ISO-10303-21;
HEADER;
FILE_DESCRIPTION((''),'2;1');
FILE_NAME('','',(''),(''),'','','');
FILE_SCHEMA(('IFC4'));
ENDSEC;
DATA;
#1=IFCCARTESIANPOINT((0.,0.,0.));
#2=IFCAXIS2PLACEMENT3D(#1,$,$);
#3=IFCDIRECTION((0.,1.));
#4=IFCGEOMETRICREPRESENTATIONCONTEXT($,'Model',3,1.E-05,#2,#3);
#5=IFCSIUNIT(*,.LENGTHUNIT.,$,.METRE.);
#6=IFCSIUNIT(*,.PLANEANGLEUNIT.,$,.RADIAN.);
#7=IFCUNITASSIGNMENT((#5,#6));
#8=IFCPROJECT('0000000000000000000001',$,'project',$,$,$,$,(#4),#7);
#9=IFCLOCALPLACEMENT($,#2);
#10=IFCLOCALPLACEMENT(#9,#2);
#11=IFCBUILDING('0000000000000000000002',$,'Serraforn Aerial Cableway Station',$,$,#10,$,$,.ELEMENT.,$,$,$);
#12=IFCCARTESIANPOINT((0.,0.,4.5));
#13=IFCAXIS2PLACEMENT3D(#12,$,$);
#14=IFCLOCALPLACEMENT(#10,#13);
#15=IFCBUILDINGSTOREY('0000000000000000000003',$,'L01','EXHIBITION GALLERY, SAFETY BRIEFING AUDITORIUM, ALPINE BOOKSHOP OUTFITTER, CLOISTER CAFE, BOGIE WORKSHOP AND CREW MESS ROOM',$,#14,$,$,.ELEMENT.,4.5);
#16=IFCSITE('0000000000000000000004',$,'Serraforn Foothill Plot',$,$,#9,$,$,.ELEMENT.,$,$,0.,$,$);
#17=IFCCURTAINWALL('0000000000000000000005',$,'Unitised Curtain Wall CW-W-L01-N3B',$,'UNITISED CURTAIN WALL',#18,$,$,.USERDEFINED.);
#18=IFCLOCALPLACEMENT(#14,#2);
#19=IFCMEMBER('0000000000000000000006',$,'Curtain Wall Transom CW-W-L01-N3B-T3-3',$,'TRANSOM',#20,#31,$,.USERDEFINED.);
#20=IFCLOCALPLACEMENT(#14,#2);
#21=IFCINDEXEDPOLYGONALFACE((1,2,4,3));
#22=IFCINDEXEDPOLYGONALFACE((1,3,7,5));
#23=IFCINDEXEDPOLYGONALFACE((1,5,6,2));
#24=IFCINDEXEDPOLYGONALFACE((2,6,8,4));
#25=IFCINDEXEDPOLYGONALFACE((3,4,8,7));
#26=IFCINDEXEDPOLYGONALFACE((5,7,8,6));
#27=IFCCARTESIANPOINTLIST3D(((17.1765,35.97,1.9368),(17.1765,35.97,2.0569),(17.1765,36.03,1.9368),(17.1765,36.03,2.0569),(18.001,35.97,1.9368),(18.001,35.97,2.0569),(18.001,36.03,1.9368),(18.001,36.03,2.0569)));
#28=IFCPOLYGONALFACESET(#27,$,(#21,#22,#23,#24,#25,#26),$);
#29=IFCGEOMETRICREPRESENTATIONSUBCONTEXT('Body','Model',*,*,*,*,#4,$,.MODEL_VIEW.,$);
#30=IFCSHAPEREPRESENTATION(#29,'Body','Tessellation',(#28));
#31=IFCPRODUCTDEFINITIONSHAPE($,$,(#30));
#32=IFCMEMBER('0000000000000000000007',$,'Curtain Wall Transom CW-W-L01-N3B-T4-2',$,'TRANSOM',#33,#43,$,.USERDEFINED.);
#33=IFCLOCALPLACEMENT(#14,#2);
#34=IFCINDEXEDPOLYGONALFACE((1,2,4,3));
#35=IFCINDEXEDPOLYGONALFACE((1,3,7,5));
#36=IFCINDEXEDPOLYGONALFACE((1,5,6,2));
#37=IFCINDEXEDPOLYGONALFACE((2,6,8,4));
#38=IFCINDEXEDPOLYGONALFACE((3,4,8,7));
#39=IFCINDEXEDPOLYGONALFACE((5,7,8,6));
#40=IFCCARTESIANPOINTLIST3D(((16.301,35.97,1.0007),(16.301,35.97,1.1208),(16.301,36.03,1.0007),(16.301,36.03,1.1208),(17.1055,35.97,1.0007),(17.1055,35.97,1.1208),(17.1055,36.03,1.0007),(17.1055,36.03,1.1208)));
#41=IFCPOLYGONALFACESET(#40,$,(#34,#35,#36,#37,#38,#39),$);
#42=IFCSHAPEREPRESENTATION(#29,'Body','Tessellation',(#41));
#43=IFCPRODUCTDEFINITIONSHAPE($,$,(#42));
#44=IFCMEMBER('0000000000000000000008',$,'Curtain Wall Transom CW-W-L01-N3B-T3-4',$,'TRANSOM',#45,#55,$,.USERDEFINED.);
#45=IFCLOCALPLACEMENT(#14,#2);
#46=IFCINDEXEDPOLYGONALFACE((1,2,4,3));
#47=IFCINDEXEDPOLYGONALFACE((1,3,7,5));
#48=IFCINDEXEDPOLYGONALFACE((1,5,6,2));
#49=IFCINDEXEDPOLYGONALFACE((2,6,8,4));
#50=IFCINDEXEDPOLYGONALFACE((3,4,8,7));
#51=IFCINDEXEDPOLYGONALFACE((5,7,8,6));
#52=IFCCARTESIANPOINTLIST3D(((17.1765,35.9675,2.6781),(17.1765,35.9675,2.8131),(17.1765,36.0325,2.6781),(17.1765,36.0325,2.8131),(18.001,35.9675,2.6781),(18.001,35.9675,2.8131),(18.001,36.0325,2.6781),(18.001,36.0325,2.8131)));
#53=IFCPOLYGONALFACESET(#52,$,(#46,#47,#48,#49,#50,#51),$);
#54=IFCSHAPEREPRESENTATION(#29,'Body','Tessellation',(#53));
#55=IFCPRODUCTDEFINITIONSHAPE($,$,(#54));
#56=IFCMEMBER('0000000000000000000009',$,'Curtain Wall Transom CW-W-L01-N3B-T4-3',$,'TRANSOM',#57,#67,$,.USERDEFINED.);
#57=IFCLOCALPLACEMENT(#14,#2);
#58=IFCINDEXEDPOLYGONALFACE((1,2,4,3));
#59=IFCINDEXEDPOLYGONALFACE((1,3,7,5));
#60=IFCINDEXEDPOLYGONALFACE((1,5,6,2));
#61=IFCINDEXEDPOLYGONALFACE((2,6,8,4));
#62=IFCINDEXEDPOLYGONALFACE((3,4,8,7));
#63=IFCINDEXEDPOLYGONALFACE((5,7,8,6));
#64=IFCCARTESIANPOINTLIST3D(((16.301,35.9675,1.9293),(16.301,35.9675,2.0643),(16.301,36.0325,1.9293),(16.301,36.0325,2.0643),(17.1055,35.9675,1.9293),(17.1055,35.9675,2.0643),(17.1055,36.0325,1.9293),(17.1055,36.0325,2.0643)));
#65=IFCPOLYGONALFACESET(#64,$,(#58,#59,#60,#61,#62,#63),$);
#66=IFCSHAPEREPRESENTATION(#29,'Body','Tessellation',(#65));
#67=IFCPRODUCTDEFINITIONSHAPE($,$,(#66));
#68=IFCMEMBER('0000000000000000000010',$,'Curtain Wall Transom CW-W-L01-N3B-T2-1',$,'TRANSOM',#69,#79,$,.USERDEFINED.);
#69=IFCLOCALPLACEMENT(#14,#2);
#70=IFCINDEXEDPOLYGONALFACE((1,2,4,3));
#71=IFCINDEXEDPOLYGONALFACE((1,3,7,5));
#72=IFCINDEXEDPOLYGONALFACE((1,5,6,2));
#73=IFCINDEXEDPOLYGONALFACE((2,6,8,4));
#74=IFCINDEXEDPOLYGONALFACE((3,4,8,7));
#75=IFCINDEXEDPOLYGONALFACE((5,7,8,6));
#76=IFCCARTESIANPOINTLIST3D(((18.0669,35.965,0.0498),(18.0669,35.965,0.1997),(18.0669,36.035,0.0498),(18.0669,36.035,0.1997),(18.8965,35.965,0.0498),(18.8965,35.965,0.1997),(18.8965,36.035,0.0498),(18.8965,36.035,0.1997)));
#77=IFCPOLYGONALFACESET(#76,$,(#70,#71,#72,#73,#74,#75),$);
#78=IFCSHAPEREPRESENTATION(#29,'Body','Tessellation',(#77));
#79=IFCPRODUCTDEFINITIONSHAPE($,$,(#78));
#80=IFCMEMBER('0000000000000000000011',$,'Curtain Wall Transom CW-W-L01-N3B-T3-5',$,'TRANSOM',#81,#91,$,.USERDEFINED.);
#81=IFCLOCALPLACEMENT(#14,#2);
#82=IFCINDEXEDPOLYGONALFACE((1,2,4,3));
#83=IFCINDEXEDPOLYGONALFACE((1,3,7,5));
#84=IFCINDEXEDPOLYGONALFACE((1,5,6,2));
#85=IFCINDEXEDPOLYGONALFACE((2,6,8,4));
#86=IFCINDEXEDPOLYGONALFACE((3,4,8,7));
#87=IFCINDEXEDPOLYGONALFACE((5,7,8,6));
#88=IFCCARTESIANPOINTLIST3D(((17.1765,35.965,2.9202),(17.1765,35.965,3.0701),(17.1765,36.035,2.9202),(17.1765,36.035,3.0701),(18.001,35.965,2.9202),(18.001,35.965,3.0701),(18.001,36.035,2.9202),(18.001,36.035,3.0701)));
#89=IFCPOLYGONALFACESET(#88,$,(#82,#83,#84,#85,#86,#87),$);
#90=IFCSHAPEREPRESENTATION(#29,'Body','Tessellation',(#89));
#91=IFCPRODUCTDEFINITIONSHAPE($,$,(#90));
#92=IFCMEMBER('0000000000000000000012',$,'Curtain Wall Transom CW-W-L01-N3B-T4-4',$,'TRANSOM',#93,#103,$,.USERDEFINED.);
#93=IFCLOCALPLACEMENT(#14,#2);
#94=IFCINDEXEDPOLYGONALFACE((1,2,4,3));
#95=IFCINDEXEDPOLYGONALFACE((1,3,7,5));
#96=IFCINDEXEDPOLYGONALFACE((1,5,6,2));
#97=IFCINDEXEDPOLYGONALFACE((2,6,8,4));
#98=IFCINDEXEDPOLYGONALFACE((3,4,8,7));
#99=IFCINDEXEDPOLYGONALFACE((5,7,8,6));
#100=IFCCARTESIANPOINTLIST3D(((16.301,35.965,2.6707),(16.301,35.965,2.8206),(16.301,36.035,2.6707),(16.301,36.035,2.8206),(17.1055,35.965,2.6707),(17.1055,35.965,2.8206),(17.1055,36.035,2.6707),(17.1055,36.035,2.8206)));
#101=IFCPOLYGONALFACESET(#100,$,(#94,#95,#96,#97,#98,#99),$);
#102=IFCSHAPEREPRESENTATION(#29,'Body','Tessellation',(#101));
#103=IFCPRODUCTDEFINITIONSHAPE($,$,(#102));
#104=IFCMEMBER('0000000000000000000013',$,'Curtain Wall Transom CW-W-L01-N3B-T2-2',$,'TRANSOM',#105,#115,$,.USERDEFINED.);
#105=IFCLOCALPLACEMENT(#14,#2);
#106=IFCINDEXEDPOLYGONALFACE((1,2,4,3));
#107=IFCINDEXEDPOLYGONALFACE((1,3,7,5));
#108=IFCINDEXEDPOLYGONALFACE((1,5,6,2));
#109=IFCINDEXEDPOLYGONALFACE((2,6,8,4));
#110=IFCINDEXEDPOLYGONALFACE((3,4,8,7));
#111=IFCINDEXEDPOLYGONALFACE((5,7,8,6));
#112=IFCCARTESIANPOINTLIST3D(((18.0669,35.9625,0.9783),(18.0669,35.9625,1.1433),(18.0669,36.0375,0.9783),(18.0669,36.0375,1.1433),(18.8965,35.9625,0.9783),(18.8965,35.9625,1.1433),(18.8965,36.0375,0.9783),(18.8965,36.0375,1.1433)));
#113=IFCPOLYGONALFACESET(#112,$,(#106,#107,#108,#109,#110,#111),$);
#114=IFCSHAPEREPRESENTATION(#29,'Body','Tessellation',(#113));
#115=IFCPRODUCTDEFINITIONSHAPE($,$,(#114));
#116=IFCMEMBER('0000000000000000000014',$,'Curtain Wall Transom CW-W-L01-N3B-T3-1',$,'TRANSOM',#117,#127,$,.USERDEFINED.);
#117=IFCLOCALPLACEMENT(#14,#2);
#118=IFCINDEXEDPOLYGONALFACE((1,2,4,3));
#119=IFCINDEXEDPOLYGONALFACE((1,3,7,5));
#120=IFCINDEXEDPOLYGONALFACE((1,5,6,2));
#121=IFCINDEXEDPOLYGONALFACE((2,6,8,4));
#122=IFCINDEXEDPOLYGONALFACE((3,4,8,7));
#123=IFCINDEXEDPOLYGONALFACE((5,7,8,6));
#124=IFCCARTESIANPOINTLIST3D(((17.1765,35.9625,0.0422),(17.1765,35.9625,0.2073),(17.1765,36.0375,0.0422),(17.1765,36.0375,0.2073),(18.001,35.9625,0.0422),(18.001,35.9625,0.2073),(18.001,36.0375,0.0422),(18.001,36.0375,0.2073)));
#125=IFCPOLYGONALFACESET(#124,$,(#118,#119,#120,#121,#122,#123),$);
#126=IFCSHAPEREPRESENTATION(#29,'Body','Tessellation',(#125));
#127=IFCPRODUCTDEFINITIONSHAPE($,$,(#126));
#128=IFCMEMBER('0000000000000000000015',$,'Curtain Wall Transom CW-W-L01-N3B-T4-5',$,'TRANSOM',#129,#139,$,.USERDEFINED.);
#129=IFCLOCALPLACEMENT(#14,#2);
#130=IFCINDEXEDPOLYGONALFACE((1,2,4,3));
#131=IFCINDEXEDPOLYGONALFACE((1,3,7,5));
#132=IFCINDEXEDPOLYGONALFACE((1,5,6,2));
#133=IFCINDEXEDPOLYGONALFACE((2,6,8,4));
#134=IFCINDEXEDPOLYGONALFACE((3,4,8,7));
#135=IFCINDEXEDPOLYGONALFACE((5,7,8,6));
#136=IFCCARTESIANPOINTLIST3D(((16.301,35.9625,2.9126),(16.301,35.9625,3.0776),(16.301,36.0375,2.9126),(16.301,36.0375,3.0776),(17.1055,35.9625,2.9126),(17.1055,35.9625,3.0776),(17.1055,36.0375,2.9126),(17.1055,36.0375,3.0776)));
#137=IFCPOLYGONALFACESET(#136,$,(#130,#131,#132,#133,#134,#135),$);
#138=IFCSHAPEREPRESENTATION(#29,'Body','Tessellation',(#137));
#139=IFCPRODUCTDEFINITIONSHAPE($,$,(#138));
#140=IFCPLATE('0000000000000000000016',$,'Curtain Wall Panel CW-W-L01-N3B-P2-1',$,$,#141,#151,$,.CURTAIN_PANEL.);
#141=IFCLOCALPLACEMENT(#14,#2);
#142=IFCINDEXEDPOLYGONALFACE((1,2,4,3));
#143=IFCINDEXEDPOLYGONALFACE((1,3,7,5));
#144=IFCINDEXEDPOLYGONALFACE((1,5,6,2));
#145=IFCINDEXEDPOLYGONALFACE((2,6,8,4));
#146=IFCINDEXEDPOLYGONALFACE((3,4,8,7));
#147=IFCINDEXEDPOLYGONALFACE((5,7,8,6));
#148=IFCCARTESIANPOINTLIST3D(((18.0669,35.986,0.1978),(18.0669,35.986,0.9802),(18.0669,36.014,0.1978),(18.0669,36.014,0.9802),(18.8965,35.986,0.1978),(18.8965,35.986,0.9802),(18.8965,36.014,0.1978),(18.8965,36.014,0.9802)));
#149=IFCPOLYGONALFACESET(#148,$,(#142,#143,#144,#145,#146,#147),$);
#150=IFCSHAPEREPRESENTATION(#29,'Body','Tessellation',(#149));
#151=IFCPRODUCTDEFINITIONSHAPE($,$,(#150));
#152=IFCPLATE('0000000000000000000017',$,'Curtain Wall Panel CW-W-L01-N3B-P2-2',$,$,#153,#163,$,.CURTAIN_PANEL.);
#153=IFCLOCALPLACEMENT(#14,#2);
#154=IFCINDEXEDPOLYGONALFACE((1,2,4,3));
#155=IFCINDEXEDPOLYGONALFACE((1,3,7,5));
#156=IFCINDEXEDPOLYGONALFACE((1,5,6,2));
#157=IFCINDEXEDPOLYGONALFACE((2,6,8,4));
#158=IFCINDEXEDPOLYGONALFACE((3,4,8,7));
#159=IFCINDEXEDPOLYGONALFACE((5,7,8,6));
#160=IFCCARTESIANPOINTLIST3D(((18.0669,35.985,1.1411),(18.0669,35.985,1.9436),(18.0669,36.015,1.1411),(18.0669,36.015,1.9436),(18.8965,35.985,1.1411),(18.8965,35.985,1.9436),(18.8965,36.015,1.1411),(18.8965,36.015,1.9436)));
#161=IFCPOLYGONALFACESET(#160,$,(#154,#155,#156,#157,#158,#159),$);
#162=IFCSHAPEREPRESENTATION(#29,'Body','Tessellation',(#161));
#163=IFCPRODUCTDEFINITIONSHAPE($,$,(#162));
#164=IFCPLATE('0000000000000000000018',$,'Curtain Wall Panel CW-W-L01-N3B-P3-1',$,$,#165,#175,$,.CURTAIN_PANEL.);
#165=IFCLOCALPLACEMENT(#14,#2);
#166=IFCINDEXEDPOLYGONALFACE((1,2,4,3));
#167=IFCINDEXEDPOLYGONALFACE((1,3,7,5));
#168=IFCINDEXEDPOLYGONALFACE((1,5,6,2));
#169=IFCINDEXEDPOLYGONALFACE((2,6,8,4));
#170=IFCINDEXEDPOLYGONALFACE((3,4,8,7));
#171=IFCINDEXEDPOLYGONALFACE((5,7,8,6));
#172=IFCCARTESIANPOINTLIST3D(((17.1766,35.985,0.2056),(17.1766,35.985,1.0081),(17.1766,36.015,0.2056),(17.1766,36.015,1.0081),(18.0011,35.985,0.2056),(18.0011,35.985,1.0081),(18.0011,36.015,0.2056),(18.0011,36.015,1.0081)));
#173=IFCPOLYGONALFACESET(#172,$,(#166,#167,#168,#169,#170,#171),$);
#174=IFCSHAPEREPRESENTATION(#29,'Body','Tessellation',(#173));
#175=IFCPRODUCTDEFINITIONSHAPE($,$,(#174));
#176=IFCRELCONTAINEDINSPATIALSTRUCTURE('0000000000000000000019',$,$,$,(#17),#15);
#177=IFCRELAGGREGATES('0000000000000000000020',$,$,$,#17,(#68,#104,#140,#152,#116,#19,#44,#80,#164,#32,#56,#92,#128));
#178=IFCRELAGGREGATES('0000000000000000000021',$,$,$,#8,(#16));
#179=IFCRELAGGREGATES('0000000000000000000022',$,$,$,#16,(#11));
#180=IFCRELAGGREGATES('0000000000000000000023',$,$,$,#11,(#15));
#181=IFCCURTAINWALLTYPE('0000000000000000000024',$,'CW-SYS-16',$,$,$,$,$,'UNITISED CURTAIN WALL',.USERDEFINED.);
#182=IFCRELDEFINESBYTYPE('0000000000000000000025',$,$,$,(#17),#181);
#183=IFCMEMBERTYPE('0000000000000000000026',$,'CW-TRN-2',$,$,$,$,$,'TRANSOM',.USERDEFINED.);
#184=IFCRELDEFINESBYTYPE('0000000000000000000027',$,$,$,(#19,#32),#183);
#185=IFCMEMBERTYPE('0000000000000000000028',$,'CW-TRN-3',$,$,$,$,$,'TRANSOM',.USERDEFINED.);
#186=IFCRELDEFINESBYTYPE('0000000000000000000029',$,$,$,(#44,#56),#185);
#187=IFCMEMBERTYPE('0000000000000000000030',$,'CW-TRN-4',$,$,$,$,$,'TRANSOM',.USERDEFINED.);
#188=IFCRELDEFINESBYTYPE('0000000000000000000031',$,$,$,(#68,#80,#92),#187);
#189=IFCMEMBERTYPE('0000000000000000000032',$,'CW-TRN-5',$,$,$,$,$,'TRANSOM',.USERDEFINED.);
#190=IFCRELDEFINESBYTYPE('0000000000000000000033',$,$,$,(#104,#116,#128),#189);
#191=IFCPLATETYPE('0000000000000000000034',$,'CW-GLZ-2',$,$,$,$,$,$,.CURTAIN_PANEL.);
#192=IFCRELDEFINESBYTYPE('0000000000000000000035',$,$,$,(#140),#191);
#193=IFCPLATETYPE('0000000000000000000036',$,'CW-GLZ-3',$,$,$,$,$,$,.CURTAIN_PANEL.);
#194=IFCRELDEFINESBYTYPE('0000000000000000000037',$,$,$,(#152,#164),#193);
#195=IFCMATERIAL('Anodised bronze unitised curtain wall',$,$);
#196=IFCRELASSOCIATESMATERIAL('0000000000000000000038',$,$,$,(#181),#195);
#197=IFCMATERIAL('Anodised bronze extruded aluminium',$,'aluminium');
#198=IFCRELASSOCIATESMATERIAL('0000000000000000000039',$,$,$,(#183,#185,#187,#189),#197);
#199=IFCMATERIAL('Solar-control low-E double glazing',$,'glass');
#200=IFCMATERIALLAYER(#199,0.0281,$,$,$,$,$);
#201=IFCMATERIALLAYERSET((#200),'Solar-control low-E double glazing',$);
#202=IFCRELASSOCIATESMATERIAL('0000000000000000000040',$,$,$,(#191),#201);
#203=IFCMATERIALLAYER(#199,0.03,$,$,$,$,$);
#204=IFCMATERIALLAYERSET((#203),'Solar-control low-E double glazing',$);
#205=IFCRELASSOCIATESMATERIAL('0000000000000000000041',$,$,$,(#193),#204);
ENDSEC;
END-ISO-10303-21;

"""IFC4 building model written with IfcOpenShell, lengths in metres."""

from ifc_helpers import new_model, si_unit, direction, frame, origin, origin_2d, place, context, subcontext, project, spatial, rectangle, extrude, material, layer, layer_set, material_profile, profile_set, type_object, element, aggregate, save


model = new_model("IFC4")

# Units and contexts
model_context = context("Model", 3, precision=1e-05, world=origin(), true_north=direction((0.0, 1.0)))
body_context = subcontext(model_context, "Body", "Model", "MODEL_VIEW")
ifc_project = project(units=[si_unit("LENGTHUNIT", "METRE"), si_unit("PLANEANGLEUNIT", "RADIAN")], contexts=[model_context])

# Site, building, storey
site_placement = place(None, origin())
site = spatial("IfcSite", under=ifc_project, at=site_placement, Name="Serraforn Foothill Plot", CompositionType="ELEMENT", RefElevation=0.0)
building_placement = place(site_placement, origin())
building = spatial("IfcBuilding", under=site, at=building_placement, Name="Serraforn Aerial Cableway Station", CompositionType="ELEMENT")
storey_placement = place(building_placement, frame((0.0, 0.0, 4.5)))
storey = spatial("IfcBuildingStorey", under=building, at=storey_placement, Name="L01", Description="EXHIBITION GALLERY, SAFETY BRIEFING AUDITORIUM, ALPINE BOOKSHOP OUTFITTER, CLOISTER CAFE, BOGIE WORKSHOP AND CREW MESS ROOM", CompositionType="ELEMENT", Elevation=4.5)

# Curtain wall, members, plates
ifc_material_1 = material(Name="Anodised bronze unitised curtain wall")
curtain_wall_type = type_object("IfcCurtainWallType", Name="CW-SYS-16", ElementType="UNITISED CURTAIN WALL", PredefinedType="USERDEFINED", material=ifc_material_1)
curtain_wall_placement = place(storey_placement, origin())
curtain_wall = element("IfcCurtainWall", 1, at=curtain_wall_placement, inside=storey, type_object=curtain_wall_type, Name="Unitised Curtain Wall CW-W-L01-N3B", ObjectType="UNITISED CURTAIN WALL", PredefinedType="USERDEFINED")
ifc_material_2 = material(Name="Anodised bronze extruded aluminium", Category="aluminium")
ifc_material_profile_1 = material_profile(ifc_material_2, rectangle(XDim=0.0601, YDim=0.1201, at=origin_2d()), Name="CW TRANSOM 60x120")
ifc_profile_set_1 = profile_set([ifc_material_profile_1], Name="Anodised bronze extruded aluminium")
member_type_1 = type_object("IfcMemberType", Name="CW-TRN-2", ElementType="TRANSOM", PredefinedType="USERDEFINED", material=ifc_profile_set_1)
member_1_placement = place(storey_placement, frame((18.001, 36.0, 1.9968), z_axis=(-1.0, 0.0, 0.0), x_axis=(0.0, -1.0, 0.0)))
member_1 = element("IfcMember", 2, at=member_1_placement, type_object=member_type_1, Name="Curtain Wall Transom CW-W-L01-N3B-T3-3", ObjectType="TRANSOM", PredefinedType="USERDEFINED", context=body_context, shape_type="SweptSolid", body=[
    extrude(rectangle(XDim=0.0601, YDim=0.1201, at=origin_2d()), origin(), (0.0, 0.0, 1.0), 0.8245),
])
member_2_placement = place(storey_placement, frame((17.1055, 36.0, 1.0608), z_axis=(-1.0, 0.0, 0.0), x_axis=(0.0, -1.0, 0.0)))
member_2 = element("IfcMember", 3, at=member_2_placement, type_object=member_type_1, Name="Curtain Wall Transom CW-W-L01-N3B-T4-2", ObjectType="TRANSOM", PredefinedType="USERDEFINED", context=body_context, shape_type="SweptSolid", body=[
    extrude(rectangle(XDim=0.0601, YDim=0.1201, at=origin_2d()), origin(), (0.0, 0.0, 1.0), 0.8044),
])
ifc_material_profile_2 = material_profile(ifc_material_2, rectangle(XDim=0.0649, YDim=0.135, at=origin_2d()), Name="CW TRANSOM 65x135")
ifc_profile_set_2 = profile_set([ifc_material_profile_2], Name="Anodised bronze extruded aluminium")
member_type_2 = type_object("IfcMemberType", Name="CW-TRN-3", ElementType="TRANSOM", PredefinedType="USERDEFINED", material=ifc_profile_set_2)
member_3_placement = place(storey_placement, frame((18.001, 36.0, 2.7456), z_axis=(-1.0, 0.0, 0.0), x_axis=(0.0, -1.0, 0.0)))
member_3 = element("IfcMember", 4, at=member_3_placement, type_object=member_type_2, Name="Curtain Wall Transom CW-W-L01-N3B-T3-4", ObjectType="TRANSOM", PredefinedType="USERDEFINED", context=body_context, shape_type="SweptSolid", body=[
    extrude(rectangle(XDim=0.0649, YDim=0.135, at=origin_2d()), origin(), (0.0, 0.0, 1.0), 0.8245),
])
member_4_placement = place(storey_placement, frame((17.1055, 36.0, 1.9968), z_axis=(-1.0, 0.0, 0.0), x_axis=(0.0, -1.0, 0.0)))
member_4 = element("IfcMember", 5, at=member_4_placement, type_object=member_type_2, Name="Curtain Wall Transom CW-W-L01-N3B-T4-3", ObjectType="TRANSOM", PredefinedType="USERDEFINED", context=body_context, shape_type="SweptSolid", body=[
    extrude(rectangle(XDim=0.0649, YDim=0.135, at=origin_2d()), origin(), (0.0, 0.0, 1.0), 0.8044),
])
ifc_material_profile_3 = material_profile(ifc_material_2, rectangle(XDim=0.0701, YDim=0.1499, at=origin_2d()), Name="CW TRANSOM 70x150")
ifc_profile_set_3 = profile_set([ifc_material_profile_3], Name="Anodised bronze extruded aluminium")
member_type_3 = type_object("IfcMemberType", Name="CW-TRN-4", ElementType="TRANSOM", PredefinedType="USERDEFINED", material=ifc_profile_set_3)
member_5_placement = place(storey_placement, frame((18.8965, 36.0, 0.1248), z_axis=(-1.0, 0.0, 0.0), x_axis=(0.0, -1.0, 0.0)))
member_5 = element("IfcMember", 6, at=member_5_placement, type_object=member_type_3, Name="Curtain Wall Transom CW-W-L01-N3B-T2-1", ObjectType="TRANSOM", PredefinedType="USERDEFINED", context=body_context, shape_type="SweptSolid", body=[
    extrude(rectangle(XDim=0.0701, YDim=0.1499, at=origin_2d()), origin(), (0.0, 0.0, 1.0), 0.8296),
])
member_6_placement = place(storey_placement, frame((18.001, 36.0, 2.9951), z_axis=(-1.0, 0.0, 0.0), x_axis=(0.0, -1.0, 0.0)))
member_6 = element("IfcMember", 7, at=member_6_placement, type_object=member_type_3, Name="Curtain Wall Transom CW-W-L01-N3B-T3-5", ObjectType="TRANSOM", PredefinedType="USERDEFINED", context=body_context, shape_type="SweptSolid", body=[
    extrude(rectangle(XDim=0.0701, YDim=0.1499, at=origin_2d()), origin(), (0.0, 0.0, 1.0), 0.8245),
])
member_7_placement = place(storey_placement, frame((17.1055, 36.0, 2.7456), z_axis=(-1.0, 0.0, 0.0), x_axis=(0.0, -1.0, 0.0)))
member_7 = element("IfcMember", 8, at=member_7_placement, type_object=member_type_3, Name="Curtain Wall Transom CW-W-L01-N3B-T4-4", ObjectType="TRANSOM", PredefinedType="USERDEFINED", context=body_context, shape_type="SweptSolid", body=[
    extrude(rectangle(XDim=0.0701, YDim=0.1499, at=origin_2d()), origin(), (0.0, 0.0, 1.0), 0.8044),
])
ifc_material_profile_4 = material_profile(ifc_material_2, rectangle(XDim=0.075, YDim=0.165, at=origin_2d()), Name="CW TRANSOM 75x165")
ifc_profile_set_4 = profile_set([ifc_material_profile_4], Name="Anodised bronze extruded aluminium")
member_type_4 = type_object("IfcMemberType", Name="CW-TRN-5", ElementType="TRANSOM", PredefinedType="USERDEFINED", material=ifc_profile_set_4)
member_8_placement = place(storey_placement, frame((18.8965, 36.0, 1.0608), z_axis=(-1.0, 0.0, 0.0), x_axis=(0.0, -1.0, 0.0)))
member_8 = element("IfcMember", 9, at=member_8_placement, type_object=member_type_4, Name="Curtain Wall Transom CW-W-L01-N3B-T2-2", ObjectType="TRANSOM", PredefinedType="USERDEFINED", context=body_context, shape_type="SweptSolid", body=[
    extrude(rectangle(XDim=0.075, YDim=0.165, at=origin_2d()), origin(), (0.0, 0.0, 1.0), 0.8296),
])
member_9_placement = place(storey_placement, frame((18.001, 36.0, 0.1248), z_axis=(-1.0, 0.0, 0.0), x_axis=(0.0, -1.0, 0.0)))
member_9 = element("IfcMember", 10, at=member_9_placement, type_object=member_type_4, Name="Curtain Wall Transom CW-W-L01-N3B-T3-1", ObjectType="TRANSOM", PredefinedType="USERDEFINED", context=body_context, shape_type="SweptSolid", body=[
    extrude(rectangle(XDim=0.075, YDim=0.165, at=origin_2d()), origin(), (0.0, 0.0, 1.0), 0.8245),
])
member_10_placement = place(storey_placement, frame((17.1055, 36.0, 2.9951), z_axis=(-1.0, 0.0, 0.0), x_axis=(0.0, -1.0, 0.0)))
member_10 = element("IfcMember", 11, at=member_10_placement, type_object=member_type_4, Name="Curtain Wall Transom CW-W-L01-N3B-T4-5", ObjectType="TRANSOM", PredefinedType="USERDEFINED", context=body_context, shape_type="SweptSolid", body=[
    extrude(rectangle(XDim=0.075, YDim=0.165, at=origin_2d()), origin(), (0.0, 0.0, 1.0), 0.8044),
])
ifc_material_3 = material(Name="Solar-control low-E double glazing", Category="glass")
ifc_layer_1 = layer(ifc_material_3, 0.0281)
ifc_layer_set_1 = layer_set([ifc_layer_1], Name="Solar-control low-E double glazing")
plate_type_1 = type_object("IfcPlateType", Name="CW-GLZ-2", PredefinedType="CURTAIN_PANEL", material=ifc_layer_set_1)
plate_1_placement = place(storey_placement, frame((18.4817, 36.0, 0.1978), z_axis=(0.0, 0.0, 1.0), x_axis=(1.0, 0.0, 0.0)))
plate_1 = element("IfcPlate", 12, at=plate_1_placement, type_object=plate_type_1, Name="Curtain Wall Panel CW-W-L01-N3B-P2-1", PredefinedType="CURTAIN_PANEL", context=body_context, shape_type="SweptSolid", body=[
    extrude(rectangle(XDim=0.8296, YDim=0.0281, at=origin_2d()), origin(), (0.0, 0.0, 1.0), 0.7825),
])
ifc_layer_2 = layer(ifc_material_3, 0.03)
ifc_layer_set_2 = layer_set([ifc_layer_2], Name="Solar-control low-E double glazing")
plate_type_2 = type_object("IfcPlateType", Name="CW-GLZ-3", PredefinedType="CURTAIN_PANEL", material=ifc_layer_set_2)
plate_2_placement = place(storey_placement, frame((18.4817, 36.0, 1.1411), z_axis=(0.0, 0.0, 1.0), x_axis=(1.0, 0.0, 0.0)))
plate_2 = element("IfcPlate", 13, at=plate_2_placement, type_object=plate_type_2, Name="Curtain Wall Panel CW-W-L01-N3B-P2-2", PredefinedType="CURTAIN_PANEL", context=body_context, shape_type="SweptSolid", body=[
    extrude(rectangle(XDim=0.8296, YDim=0.03, at=origin_2d()), origin(), (0.0, 0.0, 1.0), 0.8025),
])
plate_3_placement = place(storey_placement, frame((17.5889, 36.0, 0.2056), z_axis=(0.0, 0.0, 1.0), x_axis=(1.0, 0.0, 0.0)))
plate_3 = element("IfcPlate", 14, at=plate_3_placement, type_object=plate_type_2, Name="Curtain Wall Panel CW-W-L01-N3B-P3-1", PredefinedType="CURTAIN_PANEL", context=body_context, shape_type="SweptSolid", body=[
    extrude(rectangle(XDim=0.8245, YDim=0.03, at=origin_2d()), origin(), (0.0, 0.0, 1.0), 0.8025),
])
aggregate(curtain_wall, [member_5, member_8, plate_1, plate_2, member_9, member_1, member_3, member_6, plate_3, member_2, member_4, member_7, member_10])

save(model, "model.ifc")
